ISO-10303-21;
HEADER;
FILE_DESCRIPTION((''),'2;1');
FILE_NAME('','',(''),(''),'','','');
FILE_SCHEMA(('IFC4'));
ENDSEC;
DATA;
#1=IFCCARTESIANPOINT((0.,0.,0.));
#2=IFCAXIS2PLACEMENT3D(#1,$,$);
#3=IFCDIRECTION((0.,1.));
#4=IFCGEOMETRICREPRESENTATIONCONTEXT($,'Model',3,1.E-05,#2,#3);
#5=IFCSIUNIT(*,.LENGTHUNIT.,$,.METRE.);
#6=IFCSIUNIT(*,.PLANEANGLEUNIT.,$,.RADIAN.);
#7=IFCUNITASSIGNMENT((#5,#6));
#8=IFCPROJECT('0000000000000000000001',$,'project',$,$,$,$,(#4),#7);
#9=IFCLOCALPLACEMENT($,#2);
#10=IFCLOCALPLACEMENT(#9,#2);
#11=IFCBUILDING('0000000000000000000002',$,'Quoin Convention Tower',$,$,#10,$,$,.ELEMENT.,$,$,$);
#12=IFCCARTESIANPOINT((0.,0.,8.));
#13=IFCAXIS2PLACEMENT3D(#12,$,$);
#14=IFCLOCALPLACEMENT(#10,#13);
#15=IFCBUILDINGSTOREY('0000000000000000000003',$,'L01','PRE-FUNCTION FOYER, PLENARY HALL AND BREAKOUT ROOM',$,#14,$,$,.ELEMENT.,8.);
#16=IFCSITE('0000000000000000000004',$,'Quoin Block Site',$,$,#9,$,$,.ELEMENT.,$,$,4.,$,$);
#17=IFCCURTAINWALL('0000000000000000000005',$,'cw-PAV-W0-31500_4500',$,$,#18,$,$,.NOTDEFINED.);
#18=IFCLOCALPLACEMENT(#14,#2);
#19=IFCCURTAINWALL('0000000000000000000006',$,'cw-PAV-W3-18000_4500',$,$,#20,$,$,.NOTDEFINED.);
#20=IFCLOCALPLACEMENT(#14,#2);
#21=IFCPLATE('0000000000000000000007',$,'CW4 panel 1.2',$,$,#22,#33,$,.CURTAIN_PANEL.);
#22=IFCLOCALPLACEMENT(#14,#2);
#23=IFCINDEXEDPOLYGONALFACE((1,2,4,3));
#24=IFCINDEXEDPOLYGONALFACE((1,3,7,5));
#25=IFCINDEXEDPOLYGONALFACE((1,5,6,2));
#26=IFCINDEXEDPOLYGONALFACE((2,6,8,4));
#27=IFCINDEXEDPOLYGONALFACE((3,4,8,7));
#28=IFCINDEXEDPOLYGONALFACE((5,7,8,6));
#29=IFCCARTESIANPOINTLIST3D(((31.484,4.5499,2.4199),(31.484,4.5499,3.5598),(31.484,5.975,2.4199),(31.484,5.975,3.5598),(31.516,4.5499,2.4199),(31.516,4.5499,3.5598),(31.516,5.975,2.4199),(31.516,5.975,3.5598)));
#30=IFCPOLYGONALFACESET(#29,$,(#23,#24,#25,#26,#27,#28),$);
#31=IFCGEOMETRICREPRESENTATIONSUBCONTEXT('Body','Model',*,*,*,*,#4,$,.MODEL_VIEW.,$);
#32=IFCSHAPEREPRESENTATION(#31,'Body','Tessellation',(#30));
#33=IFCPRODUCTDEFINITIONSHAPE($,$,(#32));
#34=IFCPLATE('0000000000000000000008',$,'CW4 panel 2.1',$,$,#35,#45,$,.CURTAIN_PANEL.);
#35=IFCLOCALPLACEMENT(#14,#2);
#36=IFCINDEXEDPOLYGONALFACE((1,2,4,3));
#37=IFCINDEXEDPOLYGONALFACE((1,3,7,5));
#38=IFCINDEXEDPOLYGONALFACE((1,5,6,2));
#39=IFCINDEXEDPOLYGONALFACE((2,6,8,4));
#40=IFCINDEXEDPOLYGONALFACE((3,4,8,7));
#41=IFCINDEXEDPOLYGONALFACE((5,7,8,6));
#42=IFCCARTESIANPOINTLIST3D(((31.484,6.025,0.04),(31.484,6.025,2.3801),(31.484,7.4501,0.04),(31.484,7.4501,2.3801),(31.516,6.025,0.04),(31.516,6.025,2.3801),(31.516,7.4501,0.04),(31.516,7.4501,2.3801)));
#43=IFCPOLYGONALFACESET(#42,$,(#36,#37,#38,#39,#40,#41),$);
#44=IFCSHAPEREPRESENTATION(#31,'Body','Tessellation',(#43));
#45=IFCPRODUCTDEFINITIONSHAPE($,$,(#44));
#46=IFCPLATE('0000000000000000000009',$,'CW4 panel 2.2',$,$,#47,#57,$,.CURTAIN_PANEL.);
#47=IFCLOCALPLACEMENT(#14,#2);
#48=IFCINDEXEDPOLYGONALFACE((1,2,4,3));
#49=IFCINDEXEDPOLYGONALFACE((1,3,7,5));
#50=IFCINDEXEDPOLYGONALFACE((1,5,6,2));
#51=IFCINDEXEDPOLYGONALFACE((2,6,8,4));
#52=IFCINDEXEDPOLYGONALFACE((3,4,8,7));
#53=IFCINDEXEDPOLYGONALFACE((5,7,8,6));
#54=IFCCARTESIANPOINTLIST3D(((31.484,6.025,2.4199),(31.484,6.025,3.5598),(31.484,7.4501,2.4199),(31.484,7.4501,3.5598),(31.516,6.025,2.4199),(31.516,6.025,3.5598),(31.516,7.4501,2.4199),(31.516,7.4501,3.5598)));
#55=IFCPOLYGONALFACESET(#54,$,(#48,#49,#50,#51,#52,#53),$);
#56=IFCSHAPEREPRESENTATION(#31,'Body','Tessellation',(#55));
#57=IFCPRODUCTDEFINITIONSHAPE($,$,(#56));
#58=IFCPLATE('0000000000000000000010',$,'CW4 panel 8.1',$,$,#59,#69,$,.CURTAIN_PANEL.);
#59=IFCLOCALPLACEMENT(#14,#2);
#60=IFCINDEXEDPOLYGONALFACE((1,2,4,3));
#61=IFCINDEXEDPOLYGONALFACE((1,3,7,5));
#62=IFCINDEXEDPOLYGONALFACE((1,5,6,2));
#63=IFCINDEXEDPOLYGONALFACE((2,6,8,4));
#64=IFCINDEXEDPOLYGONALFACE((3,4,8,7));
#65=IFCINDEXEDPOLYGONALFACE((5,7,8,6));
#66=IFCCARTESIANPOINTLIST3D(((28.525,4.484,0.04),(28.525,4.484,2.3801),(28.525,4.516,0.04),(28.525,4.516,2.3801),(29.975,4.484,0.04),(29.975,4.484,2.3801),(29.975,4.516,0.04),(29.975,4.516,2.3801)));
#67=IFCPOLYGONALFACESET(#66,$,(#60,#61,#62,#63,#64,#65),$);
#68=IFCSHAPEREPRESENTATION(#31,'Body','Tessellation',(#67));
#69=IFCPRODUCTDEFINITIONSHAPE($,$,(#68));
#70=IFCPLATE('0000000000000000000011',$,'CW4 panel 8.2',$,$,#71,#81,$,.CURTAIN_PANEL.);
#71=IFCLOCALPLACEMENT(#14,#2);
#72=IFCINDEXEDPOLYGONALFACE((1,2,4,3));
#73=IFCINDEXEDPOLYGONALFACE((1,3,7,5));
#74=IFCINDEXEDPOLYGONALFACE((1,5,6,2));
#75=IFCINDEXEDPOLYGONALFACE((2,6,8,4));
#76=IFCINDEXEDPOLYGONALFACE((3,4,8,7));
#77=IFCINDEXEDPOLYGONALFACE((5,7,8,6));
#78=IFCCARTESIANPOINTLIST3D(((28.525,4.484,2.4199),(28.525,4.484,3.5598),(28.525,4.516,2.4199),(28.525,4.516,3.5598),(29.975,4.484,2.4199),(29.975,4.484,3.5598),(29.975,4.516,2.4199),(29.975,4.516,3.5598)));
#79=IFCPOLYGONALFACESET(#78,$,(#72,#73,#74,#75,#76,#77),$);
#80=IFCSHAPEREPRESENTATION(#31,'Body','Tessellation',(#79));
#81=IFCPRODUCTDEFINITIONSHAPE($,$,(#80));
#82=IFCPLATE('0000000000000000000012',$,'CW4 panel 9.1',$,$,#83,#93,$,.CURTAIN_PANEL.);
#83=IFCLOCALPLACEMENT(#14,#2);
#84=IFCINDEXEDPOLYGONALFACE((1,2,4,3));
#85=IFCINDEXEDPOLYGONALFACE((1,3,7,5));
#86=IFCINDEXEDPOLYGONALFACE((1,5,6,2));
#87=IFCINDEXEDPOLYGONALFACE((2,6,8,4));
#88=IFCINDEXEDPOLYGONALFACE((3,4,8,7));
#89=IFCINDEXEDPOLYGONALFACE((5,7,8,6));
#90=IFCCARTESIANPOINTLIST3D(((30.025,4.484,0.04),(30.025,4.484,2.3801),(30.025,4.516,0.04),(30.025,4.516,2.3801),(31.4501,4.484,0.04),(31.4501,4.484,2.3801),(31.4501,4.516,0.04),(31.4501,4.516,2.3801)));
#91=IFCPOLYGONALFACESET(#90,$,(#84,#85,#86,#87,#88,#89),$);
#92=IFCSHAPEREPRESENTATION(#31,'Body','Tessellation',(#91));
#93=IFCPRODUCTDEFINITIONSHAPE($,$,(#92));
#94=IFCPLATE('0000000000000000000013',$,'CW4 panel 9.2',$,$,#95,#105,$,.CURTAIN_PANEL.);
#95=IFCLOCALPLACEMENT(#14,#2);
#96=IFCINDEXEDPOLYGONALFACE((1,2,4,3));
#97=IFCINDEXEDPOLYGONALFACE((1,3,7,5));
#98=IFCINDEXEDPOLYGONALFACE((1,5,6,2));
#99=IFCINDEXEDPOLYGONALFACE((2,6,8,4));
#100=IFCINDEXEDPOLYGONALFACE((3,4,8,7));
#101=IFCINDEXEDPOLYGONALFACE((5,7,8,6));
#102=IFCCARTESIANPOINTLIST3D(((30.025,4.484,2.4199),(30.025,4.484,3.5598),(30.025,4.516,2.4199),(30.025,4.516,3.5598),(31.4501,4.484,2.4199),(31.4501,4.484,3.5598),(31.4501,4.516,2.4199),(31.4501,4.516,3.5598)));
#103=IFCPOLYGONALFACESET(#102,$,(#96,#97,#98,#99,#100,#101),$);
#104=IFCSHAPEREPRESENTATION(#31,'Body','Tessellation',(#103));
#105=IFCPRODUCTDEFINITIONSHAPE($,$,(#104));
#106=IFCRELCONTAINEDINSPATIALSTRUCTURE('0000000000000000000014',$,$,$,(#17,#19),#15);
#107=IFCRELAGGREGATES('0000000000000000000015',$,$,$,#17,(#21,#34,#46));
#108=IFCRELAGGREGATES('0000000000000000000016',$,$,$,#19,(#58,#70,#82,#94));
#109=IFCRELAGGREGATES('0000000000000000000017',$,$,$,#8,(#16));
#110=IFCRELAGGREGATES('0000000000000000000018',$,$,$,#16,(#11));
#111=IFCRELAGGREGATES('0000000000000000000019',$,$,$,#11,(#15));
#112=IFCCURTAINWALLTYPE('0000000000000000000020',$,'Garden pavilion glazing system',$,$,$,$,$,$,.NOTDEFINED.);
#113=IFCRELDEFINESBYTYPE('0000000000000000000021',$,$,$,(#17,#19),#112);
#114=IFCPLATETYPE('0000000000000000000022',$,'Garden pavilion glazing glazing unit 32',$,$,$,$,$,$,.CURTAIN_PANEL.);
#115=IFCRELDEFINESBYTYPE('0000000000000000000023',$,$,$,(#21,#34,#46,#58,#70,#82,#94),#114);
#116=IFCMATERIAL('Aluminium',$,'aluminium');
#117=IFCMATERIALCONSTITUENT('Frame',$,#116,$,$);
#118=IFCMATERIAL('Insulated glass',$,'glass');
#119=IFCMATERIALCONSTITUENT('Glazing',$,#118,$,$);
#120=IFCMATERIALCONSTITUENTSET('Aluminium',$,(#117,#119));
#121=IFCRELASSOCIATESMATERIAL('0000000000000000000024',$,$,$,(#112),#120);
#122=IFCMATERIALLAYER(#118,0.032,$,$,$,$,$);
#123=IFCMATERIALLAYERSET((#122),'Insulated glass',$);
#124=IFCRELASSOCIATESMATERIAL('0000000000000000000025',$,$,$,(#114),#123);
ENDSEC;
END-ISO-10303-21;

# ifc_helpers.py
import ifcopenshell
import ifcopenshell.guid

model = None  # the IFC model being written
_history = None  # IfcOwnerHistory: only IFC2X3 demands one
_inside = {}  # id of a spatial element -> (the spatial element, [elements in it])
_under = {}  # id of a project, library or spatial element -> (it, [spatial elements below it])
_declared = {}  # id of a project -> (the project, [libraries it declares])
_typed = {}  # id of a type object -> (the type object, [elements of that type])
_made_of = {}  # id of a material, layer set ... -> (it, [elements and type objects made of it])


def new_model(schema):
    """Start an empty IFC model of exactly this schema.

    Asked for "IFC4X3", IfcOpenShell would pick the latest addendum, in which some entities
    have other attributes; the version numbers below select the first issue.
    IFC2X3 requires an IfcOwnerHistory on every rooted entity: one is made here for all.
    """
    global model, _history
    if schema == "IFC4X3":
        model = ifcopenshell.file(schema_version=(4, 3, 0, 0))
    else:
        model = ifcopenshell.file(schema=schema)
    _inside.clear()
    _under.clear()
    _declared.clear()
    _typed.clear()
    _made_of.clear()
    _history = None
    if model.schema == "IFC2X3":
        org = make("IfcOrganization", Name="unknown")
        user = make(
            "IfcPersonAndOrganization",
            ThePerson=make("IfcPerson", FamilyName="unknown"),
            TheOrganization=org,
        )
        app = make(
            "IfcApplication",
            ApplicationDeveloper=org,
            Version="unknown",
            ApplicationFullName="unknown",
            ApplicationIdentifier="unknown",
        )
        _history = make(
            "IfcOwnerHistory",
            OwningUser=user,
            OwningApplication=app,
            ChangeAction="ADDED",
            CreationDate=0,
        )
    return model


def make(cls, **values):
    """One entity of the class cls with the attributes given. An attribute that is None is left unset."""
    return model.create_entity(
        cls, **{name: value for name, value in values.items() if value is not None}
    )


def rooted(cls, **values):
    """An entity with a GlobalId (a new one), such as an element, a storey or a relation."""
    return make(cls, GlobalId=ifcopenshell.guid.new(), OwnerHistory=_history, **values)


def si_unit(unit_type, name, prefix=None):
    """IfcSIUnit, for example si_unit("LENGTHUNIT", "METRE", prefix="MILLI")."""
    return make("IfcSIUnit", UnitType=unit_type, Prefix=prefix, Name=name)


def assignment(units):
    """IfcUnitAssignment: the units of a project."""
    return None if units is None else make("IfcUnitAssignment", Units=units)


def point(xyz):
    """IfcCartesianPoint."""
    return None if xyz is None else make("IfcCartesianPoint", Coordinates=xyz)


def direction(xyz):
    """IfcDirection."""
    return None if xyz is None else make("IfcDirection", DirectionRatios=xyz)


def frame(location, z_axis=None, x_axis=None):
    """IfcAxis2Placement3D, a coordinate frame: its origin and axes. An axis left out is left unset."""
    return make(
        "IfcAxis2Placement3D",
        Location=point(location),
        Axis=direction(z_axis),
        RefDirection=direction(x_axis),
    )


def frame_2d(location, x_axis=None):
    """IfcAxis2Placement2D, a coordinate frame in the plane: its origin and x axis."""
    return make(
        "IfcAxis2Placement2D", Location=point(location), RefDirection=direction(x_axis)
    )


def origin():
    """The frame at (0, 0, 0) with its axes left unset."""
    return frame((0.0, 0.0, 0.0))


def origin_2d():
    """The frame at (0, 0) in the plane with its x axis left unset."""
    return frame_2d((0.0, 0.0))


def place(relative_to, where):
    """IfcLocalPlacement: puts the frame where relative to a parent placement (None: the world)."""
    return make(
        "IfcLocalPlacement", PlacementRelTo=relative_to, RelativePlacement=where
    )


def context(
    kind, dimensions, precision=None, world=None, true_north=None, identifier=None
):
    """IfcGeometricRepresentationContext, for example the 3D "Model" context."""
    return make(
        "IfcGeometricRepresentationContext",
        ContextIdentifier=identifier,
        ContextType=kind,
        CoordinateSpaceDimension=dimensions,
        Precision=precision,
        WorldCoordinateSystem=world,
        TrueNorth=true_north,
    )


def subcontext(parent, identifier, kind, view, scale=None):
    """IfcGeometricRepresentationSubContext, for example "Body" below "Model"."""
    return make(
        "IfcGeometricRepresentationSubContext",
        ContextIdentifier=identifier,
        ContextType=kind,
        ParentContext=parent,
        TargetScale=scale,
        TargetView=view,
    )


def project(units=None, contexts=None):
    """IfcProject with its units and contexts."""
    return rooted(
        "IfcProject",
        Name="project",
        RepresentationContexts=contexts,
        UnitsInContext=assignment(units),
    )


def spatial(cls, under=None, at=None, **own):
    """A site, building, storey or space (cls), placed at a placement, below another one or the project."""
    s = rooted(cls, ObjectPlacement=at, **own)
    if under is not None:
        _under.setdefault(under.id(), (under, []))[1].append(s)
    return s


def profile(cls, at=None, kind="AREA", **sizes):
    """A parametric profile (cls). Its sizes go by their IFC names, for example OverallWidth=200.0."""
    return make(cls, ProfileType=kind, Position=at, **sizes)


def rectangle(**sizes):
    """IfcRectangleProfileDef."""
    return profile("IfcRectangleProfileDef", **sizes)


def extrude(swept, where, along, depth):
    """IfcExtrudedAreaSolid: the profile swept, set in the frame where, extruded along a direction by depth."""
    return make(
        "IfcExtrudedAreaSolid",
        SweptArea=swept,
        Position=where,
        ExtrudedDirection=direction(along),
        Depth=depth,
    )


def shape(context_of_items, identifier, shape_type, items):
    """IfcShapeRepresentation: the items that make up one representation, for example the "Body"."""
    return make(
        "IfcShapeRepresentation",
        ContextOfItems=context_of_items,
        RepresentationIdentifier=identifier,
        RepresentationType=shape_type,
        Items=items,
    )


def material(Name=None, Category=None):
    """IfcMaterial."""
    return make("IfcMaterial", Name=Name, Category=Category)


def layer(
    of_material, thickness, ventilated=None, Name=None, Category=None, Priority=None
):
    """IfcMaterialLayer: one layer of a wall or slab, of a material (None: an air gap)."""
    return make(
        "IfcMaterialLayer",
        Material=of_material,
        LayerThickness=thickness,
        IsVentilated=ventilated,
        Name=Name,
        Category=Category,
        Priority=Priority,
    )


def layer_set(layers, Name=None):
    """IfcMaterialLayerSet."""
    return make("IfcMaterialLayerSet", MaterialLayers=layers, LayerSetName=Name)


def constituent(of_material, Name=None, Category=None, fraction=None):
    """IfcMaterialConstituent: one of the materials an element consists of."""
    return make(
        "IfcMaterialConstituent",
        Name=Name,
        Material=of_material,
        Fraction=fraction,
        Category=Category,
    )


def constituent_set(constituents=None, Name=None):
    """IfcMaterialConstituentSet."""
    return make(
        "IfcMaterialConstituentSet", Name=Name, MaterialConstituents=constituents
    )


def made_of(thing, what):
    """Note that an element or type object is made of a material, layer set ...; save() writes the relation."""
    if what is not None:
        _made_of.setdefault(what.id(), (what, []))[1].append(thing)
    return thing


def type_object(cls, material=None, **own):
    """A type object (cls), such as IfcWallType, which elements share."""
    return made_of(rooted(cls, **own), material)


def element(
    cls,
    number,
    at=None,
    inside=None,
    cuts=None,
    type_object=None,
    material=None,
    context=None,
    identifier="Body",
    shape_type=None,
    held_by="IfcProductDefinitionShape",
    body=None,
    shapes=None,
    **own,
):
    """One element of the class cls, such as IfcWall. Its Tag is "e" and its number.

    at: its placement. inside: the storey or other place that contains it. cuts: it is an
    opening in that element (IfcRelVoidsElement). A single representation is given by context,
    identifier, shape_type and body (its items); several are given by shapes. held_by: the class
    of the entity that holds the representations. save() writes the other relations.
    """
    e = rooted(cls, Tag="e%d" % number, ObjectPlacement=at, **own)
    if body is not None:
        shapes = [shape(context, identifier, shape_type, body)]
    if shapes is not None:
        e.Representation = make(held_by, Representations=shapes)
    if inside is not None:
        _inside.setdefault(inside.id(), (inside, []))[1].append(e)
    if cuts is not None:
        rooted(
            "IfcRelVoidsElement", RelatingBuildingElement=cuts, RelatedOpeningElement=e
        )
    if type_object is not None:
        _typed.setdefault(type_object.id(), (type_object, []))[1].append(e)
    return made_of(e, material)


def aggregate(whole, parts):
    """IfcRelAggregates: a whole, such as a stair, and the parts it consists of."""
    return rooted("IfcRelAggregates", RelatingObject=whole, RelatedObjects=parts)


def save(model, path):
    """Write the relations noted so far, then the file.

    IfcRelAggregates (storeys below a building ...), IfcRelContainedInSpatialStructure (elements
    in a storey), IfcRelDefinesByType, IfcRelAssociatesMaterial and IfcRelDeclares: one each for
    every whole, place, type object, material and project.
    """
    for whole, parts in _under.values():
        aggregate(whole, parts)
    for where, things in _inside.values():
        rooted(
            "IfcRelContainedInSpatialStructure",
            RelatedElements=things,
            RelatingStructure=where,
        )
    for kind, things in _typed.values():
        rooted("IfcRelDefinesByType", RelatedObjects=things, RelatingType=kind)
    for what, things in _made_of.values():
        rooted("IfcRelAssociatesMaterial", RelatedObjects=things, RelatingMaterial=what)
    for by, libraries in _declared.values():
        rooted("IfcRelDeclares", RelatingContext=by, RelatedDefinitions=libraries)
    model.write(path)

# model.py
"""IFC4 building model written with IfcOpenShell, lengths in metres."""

from ifc_helpers import new_model, si_unit, direction, frame, origin, origin_2d, place, context, subcontext, project, spatial, rectangle, extrude, material, layer, layer_set, constituent, constituent_set, type_object, element, aggregate, save


model = new_model("IFC4")

# Units and contexts
model_context = context("Model", 3, precision=1e-05, world=origin(), true_north=direction((0.0, 1.0)))
body_context = subcontext(model_context, "Body", "Model", "MODEL_VIEW")
ifc_project = project(units=[si_unit("LENGTHUNIT", "METRE"), si_unit("PLANEANGLEUNIT", "RADIAN")], contexts=[model_context])

# Site, building, storey
site_placement = place(None, origin())
site = spatial("IfcSite", under=ifc_project, at=site_placement, Name="Quoin Block Site", CompositionType="ELEMENT", RefElevation=4.0)
building_placement = place(site_placement, origin())
building = spatial("IfcBuilding", under=site, at=building_placement, Name="Quoin Convention Tower", CompositionType="ELEMENT")
storey_placement = place(building_placement, frame((0.0, 0.0, 8.0)))
storey = spatial("IfcBuildingStorey", under=building, at=storey_placement, Name="L01", Description="PRE-FUNCTION FOYER, PLENARY HALL AND BREAKOUT ROOM", CompositionType="ELEMENT", Elevation=8.0)

# Curtain wall
ifc_material_1 = material(Name="Aluminium", Category="aluminium")
ifc_constituent_1 = constituent(ifc_material_1, Name="Frame")
ifc_material_2 = material(Name="Insulated glass", Category="glass")
ifc_constituent_2 = constituent(ifc_material_2, Name="Glazing")
ifc_constituent_set_1 = constituent_set(constituents=[ifc_constituent_1, ifc_constituent_2], Name="Aluminium")
curtain_wall_type = type_object("IfcCurtainWallType", Name="Garden pavilion glazing system", PredefinedType="NOTDEFINED", material=ifc_constituent_set_1)
curtain_wall_1_placement = place(storey_placement, origin())
curtain_wall_1 = element("IfcCurtainWall", 1, at=curtain_wall_1_placement, inside=storey, type_object=curtain_wall_type, Name="cw-PAV-W0-31500_4500", PredefinedType="NOTDEFINED")

# Curtain wall
curtain_wall_2_placement = place(storey_placement, origin())
curtain_wall_2 = element("IfcCurtainWall", 2, at=curtain_wall_2_placement, inside=storey, type_object=curtain_wall_type, Name="cw-PAV-W3-18000_4500", PredefinedType="NOTDEFINED")

# Plates
ifc_layer_1 = layer(ifc_material_2, 0.032)
ifc_layer_set_1 = layer_set([ifc_layer_1], Name="Insulated glass")
plate_type = type_object("IfcPlateType", Name="Garden pavilion glazing glazing unit 32", PredefinedType="CURTAIN_PANEL", material=ifc_layer_set_1)
plate_1_placement = place(storey_placement, frame((31.5, 5.2625, 2.4199), z_axis=(0.0, 0.0, 1.0), x_axis=(0.0, 1.0, 0.0)))
plate_1 = element("IfcPlate", 3, at=plate_1_placement, type_object=plate_type, Name="CW4 panel 1.2", PredefinedType="CURTAIN_PANEL", context=body_context, shape_type="SweptSolid", body=[
    extrude(rectangle(XDim=1.425, YDim=0.032, at=origin_2d()), origin(), (0.0, 0.0, 1.0), 1.1399),
])
plate_2_placement = place(storey_placement, frame((31.5, 6.7375, 0.04), z_axis=(0.0, 0.0, 1.0), x_axis=(0.0, 1.0, 0.0)))
plate_2 = element("IfcPlate", 4, at=plate_2_placement, type_object=plate_type, Name="CW4 panel 2.1", PredefinedType="CURTAIN_PANEL", context=body_context, shape_type="SweptSolid", body=[
    extrude(rectangle(XDim=1.425, YDim=0.032, at=origin_2d()), origin(), (0.0, 0.0, 1.0), 2.3401),
])
plate_3_placement = place(storey_placement, frame((31.5, 6.7375, 2.4199), z_axis=(0.0, 0.0, 1.0), x_axis=(0.0, 1.0, 0.0)))
plate_3 = element("IfcPlate", 5, at=plate_3_placement, type_object=plate_type, Name="CW4 panel 2.2", PredefinedType="CURTAIN_PANEL", context=body_context, shape_type="SweptSolid", body=[
    extrude(rectangle(XDim=1.425, YDim=0.032, at=origin_2d()), origin(), (0.0, 0.0, 1.0), 1.1399),
])
aggregate(curtain_wall_1, [plate_1, plate_2, plate_3])
plate_4_placement = place(storey_placement, frame((29.25, 4.5, 0.04), z_axis=(0.0, 0.0, 1.0), x_axis=(1.0, 0.0, 0.0)))
plate_4 = element("IfcPlate", 6, at=plate_4_placement, type_object=plate_type, Name="CW4 panel 8.1", PredefinedType="CURTAIN_PANEL", context=body_context, shape_type="SweptSolid", body=[
    extrude(rectangle(XDim=1.45, YDim=0.032, at=origin_2d()), origin(), (0.0, 0.0, 1.0), 2.3401),
])
plate_5_placement = place(storey_placement, frame((29.25, 4.5, 2.4199), z_axis=(0.0, 0.0, 1.0), x_axis=(1.0, 0.0, 0.0)))
plate_5 = element("IfcPlate", 7, at=plate_5_placement, type_object=plate_type, Name="CW4 panel 8.2", PredefinedType="CURTAIN_PANEL", context=body_context, shape_type="SweptSolid", body=[
    extrude(rectangle(XDim=1.45, YDim=0.032, at=origin_2d()), origin(), (0.0, 0.0, 1.0), 1.1399),
])
plate_6_placement = place(storey_placement, frame((30.7375, 4.5, 0.04), z_axis=(0.0, 0.0, 1.0), x_axis=(1.0, 0.0, 0.0)))
plate_6 = element("IfcPlate", 8, at=plate_6_placement, type_object=plate_type, Name="CW4 panel 9.1", PredefinedType="CURTAIN_PANEL", context=body_context, shape_type="SweptSolid", body=[
    extrude(rectangle(XDim=1.425, YDim=0.032, at=origin_2d()), origin(), (0.0, 0.0, 1.0), 2.3401),
])
plate_7_placement = place(storey_placement, frame((30.7375, 4.5, 2.4199), z_axis=(0.0, 0.0, 1.0), x_axis=(1.0, 0.0, 0.0)))
plate_7 = element("IfcPlate", 9, at=plate_7_placement, type_object=plate_type, Name="CW4 panel 9.2", PredefinedType="CURTAIN_PANEL", context=body_context, shape_type="SweptSolid", body=[
    extrude(rectangle(XDim=1.425, YDim=0.032, at=origin_2d()), origin(), (0.0, 0.0, 1.0), 1.1399),
])
aggregate(curtain_wall_2, [plate_4, plate_5, plate_6, plate_7])

save(model, "model.ifc")
